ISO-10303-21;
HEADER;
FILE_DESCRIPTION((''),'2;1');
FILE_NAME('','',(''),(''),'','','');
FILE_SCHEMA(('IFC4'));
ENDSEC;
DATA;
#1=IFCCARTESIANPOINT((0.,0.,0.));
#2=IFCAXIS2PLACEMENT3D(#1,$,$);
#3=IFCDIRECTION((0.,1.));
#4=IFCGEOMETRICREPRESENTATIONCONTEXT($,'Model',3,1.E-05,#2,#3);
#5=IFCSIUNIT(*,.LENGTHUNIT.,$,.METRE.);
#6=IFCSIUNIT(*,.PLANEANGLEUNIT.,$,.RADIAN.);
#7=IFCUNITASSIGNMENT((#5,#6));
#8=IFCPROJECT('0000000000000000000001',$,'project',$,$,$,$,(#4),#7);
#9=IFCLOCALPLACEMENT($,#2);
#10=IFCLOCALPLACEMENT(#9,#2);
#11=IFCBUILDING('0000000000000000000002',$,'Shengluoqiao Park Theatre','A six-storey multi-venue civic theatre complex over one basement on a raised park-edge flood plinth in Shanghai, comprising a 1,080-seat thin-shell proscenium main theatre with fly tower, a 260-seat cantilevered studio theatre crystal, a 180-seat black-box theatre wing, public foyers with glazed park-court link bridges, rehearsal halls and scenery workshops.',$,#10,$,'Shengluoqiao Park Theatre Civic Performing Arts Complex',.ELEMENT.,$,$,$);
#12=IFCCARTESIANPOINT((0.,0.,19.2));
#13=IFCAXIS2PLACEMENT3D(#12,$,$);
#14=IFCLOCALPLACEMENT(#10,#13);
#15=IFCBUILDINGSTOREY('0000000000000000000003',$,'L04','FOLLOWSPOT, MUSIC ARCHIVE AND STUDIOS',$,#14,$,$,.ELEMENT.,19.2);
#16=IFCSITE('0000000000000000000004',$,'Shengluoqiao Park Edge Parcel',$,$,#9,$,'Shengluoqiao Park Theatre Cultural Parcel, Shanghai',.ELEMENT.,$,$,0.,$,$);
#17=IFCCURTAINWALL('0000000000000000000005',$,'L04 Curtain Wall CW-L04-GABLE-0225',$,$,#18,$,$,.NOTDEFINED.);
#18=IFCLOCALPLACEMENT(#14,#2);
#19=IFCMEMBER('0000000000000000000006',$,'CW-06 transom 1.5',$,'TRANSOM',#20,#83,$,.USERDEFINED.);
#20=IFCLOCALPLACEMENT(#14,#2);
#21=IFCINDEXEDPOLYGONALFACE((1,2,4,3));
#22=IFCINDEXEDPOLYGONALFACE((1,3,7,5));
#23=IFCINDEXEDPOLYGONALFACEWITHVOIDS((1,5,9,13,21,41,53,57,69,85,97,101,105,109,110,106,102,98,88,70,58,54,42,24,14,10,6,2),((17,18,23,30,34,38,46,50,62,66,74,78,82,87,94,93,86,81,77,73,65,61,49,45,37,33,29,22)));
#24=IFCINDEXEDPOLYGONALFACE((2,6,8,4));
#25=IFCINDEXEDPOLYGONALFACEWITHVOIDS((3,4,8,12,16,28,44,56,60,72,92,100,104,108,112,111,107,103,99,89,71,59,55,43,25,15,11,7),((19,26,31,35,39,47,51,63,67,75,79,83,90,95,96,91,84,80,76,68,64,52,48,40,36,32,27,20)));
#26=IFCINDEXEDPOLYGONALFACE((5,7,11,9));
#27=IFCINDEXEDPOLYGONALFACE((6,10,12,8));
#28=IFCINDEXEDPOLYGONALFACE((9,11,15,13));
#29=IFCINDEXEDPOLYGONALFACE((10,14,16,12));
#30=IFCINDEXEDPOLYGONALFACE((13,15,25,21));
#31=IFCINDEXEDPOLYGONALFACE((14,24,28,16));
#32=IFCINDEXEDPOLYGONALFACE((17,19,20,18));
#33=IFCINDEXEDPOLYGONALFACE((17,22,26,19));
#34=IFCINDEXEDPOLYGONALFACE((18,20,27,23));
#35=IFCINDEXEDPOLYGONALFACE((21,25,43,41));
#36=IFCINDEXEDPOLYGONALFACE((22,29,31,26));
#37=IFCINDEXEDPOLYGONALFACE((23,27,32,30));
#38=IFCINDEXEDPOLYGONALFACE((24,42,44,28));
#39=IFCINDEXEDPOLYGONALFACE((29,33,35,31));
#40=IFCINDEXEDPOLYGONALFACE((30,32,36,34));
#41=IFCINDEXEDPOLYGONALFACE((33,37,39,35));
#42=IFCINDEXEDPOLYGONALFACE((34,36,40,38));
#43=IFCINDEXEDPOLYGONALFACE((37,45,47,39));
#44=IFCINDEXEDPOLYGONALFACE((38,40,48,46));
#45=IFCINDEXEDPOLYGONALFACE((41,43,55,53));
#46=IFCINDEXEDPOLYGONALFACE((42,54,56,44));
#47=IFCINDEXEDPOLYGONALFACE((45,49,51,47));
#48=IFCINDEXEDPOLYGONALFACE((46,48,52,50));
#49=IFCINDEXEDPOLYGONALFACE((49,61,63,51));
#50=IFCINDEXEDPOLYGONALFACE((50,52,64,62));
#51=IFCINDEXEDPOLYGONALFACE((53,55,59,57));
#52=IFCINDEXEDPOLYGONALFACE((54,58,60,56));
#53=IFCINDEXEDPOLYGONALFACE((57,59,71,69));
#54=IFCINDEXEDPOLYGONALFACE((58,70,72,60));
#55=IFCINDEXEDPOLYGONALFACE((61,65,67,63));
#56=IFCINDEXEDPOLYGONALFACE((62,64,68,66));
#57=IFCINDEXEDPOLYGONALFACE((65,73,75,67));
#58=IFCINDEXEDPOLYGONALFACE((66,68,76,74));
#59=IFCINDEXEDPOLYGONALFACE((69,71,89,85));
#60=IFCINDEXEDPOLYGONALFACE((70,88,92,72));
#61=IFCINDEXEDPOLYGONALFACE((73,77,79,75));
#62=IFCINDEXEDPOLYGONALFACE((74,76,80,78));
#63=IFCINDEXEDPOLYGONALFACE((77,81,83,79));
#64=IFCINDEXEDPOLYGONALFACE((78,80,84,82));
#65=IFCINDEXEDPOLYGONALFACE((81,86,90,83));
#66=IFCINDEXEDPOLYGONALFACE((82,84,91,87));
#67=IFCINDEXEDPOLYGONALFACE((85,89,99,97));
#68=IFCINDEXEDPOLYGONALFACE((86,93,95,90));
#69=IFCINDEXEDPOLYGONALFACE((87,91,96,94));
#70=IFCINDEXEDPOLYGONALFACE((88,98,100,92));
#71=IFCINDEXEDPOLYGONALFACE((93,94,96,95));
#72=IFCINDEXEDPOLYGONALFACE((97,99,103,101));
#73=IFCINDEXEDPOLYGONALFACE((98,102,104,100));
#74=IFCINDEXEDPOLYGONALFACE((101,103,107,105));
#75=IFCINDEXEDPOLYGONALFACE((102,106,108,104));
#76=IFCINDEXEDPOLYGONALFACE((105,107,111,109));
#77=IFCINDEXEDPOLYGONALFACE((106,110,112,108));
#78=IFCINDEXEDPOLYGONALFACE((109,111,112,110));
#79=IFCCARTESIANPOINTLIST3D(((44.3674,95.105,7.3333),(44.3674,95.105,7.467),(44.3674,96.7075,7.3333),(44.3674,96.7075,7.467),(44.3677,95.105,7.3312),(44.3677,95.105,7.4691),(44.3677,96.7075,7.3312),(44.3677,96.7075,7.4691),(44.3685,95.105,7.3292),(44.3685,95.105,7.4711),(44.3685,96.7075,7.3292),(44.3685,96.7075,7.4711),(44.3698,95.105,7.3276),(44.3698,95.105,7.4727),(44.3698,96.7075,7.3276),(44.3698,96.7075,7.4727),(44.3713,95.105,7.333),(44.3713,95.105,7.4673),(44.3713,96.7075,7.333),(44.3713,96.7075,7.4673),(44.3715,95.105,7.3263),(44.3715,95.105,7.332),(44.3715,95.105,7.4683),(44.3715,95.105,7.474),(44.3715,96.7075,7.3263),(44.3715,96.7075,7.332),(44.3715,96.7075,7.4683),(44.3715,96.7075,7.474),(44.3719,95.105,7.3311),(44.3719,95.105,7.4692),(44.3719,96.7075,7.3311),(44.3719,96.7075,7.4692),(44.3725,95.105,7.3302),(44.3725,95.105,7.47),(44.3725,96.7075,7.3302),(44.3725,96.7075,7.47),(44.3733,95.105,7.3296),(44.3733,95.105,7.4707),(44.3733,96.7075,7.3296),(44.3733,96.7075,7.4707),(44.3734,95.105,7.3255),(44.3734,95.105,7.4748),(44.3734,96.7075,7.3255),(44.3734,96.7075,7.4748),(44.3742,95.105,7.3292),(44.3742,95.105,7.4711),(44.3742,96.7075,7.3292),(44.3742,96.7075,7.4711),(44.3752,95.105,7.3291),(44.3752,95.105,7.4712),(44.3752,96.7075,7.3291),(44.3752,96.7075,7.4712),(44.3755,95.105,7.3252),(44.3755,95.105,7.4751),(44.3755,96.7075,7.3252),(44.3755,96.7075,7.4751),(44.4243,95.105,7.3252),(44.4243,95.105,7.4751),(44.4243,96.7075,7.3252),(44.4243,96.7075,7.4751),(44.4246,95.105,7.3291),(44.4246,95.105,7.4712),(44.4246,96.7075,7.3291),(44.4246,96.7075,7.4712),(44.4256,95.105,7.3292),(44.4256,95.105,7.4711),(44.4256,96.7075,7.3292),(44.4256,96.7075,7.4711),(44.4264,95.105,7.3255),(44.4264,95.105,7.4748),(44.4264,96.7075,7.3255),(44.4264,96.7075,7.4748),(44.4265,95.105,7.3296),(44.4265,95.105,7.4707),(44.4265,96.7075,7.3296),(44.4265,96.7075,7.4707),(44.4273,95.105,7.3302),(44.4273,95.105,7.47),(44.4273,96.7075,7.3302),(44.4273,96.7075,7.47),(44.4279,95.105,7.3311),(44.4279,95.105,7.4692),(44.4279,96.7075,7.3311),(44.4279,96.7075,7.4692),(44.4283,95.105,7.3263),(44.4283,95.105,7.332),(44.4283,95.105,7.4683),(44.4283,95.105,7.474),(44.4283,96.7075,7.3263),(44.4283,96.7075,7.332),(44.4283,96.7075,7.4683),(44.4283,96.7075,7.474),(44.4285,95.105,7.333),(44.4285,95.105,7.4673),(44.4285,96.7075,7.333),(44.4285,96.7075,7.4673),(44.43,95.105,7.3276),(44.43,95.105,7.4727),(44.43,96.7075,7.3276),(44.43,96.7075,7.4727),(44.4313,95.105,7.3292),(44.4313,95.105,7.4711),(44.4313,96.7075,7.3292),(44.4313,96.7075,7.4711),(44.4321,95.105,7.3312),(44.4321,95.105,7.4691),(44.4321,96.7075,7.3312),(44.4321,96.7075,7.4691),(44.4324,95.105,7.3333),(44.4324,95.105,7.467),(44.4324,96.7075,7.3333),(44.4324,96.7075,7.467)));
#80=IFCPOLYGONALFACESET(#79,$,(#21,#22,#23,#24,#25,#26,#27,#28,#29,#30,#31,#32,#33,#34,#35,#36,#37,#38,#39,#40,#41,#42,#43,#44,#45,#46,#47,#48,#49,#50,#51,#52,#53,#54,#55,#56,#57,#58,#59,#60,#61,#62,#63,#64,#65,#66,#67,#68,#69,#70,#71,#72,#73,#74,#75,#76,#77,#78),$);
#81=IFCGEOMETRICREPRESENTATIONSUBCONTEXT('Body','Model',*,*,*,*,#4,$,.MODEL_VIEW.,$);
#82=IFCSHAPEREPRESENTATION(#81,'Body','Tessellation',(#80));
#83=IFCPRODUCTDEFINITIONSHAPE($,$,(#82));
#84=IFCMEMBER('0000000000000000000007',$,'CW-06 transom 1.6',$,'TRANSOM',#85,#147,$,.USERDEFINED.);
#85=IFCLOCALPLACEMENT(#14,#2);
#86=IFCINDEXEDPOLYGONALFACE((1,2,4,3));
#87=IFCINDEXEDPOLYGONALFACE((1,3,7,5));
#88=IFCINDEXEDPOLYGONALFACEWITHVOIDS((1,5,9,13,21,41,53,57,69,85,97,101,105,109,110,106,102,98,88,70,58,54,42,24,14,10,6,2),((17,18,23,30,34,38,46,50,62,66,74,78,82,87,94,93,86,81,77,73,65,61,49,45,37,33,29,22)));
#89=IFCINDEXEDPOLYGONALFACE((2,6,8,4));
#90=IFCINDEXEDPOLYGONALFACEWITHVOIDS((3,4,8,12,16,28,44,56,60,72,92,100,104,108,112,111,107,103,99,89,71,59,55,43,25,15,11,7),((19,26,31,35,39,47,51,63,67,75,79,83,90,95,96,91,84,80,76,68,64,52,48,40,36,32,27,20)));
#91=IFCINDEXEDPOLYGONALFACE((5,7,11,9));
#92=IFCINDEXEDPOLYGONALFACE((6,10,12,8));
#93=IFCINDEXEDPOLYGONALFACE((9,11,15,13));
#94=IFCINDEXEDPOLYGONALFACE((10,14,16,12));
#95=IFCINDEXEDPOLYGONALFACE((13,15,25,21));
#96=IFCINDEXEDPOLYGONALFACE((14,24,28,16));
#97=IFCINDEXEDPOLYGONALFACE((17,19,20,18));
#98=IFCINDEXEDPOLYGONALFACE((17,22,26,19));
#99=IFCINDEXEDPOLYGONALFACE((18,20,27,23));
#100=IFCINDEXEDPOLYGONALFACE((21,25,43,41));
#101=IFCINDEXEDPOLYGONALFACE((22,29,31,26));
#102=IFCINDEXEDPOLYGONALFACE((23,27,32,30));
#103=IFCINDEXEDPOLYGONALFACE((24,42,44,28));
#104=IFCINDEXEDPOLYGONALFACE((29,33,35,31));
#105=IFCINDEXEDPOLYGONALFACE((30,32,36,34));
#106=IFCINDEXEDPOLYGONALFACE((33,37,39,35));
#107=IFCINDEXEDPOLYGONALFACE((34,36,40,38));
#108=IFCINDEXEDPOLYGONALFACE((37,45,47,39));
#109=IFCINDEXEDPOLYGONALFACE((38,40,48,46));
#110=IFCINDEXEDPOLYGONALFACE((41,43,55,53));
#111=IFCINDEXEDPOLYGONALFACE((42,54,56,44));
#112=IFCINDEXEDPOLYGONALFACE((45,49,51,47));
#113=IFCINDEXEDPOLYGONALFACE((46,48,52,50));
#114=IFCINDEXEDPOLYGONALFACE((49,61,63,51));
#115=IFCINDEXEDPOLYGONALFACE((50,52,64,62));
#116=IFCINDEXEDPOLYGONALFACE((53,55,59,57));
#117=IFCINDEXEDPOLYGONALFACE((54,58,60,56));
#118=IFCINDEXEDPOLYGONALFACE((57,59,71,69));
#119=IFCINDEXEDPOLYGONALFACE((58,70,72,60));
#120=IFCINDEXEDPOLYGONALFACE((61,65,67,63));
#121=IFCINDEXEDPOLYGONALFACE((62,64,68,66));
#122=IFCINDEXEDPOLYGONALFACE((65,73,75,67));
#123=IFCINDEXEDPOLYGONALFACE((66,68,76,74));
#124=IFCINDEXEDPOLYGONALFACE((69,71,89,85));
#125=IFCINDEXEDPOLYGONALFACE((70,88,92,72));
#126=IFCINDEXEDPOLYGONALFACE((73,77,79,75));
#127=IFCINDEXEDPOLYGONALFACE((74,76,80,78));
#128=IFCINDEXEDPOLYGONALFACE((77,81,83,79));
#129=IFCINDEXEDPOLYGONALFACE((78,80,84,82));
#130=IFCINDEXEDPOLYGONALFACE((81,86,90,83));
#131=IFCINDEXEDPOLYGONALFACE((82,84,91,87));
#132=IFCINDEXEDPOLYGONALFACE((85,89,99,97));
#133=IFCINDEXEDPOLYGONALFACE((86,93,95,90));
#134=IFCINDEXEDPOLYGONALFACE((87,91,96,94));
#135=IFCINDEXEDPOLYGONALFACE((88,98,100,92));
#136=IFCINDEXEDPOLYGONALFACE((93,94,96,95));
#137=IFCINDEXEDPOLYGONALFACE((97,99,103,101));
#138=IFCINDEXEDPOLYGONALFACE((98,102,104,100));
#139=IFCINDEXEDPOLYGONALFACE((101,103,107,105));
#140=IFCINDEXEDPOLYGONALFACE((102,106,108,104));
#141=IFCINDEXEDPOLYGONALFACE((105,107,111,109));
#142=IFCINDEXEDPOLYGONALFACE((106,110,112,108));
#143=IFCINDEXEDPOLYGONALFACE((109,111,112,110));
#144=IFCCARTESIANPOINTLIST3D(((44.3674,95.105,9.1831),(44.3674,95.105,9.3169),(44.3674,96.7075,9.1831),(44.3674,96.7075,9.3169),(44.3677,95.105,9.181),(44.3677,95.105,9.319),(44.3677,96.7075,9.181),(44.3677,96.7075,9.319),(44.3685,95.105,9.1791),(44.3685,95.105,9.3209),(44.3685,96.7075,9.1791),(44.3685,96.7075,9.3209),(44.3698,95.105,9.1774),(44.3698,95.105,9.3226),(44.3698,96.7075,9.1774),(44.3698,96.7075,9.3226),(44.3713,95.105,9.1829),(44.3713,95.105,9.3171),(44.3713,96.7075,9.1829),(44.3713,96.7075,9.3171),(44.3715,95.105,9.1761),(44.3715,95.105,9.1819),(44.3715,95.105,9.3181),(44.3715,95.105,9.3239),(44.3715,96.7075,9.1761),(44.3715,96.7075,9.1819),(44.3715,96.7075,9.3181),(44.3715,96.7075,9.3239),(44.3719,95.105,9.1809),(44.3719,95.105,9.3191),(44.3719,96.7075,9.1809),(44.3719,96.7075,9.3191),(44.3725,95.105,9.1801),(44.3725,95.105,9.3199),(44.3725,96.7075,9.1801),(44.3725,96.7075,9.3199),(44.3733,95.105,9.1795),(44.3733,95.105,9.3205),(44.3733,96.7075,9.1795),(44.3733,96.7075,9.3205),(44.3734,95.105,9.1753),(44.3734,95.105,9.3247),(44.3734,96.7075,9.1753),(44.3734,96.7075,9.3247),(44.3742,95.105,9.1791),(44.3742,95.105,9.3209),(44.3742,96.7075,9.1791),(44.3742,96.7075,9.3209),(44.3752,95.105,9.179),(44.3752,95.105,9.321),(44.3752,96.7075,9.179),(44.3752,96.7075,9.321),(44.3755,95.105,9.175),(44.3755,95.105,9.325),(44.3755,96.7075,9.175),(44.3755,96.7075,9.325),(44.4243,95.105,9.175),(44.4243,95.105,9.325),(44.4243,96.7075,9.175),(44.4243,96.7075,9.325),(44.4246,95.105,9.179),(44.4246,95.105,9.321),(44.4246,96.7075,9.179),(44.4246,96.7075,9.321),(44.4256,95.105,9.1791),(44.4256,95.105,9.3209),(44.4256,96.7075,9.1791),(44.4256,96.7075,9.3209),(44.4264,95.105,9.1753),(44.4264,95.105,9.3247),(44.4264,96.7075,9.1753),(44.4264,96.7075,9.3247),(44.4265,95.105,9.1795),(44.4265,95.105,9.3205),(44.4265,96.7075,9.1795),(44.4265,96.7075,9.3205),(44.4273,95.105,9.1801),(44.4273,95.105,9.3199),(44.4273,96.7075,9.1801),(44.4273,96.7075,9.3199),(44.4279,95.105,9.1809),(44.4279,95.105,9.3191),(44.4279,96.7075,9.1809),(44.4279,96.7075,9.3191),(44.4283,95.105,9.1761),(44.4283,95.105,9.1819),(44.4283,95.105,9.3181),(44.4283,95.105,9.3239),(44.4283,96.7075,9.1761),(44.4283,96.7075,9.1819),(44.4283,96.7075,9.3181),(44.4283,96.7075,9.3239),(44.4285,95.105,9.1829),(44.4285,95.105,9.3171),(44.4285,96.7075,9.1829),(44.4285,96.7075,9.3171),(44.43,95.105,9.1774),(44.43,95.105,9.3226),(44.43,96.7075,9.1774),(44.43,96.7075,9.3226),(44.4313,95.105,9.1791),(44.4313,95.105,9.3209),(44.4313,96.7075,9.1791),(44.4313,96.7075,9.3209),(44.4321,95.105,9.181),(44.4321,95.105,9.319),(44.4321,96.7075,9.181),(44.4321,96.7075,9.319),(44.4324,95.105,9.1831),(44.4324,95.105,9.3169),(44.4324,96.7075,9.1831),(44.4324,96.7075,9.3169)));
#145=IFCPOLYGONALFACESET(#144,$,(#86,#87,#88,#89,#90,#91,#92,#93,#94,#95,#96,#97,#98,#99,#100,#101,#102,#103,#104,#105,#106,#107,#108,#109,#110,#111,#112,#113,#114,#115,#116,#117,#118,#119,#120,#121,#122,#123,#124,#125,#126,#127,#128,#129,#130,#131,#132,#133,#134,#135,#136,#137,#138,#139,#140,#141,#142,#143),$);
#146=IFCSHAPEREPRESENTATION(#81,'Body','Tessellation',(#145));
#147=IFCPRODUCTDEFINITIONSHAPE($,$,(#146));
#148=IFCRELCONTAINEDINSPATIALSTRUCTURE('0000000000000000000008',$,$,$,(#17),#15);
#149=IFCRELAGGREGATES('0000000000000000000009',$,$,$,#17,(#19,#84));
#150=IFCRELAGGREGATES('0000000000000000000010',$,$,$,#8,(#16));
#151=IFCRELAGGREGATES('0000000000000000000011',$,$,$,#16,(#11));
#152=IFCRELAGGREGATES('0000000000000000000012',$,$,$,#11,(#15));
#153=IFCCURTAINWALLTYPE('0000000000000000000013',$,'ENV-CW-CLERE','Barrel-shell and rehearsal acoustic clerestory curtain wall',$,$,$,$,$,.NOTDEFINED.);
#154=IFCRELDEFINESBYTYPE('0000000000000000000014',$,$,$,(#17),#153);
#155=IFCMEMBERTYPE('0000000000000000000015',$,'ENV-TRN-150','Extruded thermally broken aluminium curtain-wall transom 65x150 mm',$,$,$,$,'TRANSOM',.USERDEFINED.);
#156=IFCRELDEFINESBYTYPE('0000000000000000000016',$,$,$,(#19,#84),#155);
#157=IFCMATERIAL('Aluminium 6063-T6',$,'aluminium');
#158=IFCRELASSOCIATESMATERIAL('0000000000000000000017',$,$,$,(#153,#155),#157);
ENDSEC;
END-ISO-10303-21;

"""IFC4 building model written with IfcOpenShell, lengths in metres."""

from ifc_helpers import new_model, si_unit, direction, frame, origin, origin_2d, place, context, subcontext, project, spatial, hollow_rectangle, extrude, material, material_profile, profile_set, type_object, element, aggregate, save


model = new_model("IFC4")

# Units and contexts
model_context = context("Model", 3, precision=1e-05, world=origin(), true_north=direction((0.0, 1.0)))
body_context = subcontext(model_context, "Body", "Model", "MODEL_VIEW")
ifc_project = project(units=[si_unit("LENGTHUNIT", "METRE"), si_unit("PLANEANGLEUNIT", "RADIAN")], contexts=[model_context])

# Site, building, storey
site_placement = place(None, origin())
site = spatial("IfcSite", under=ifc_project, at=site_placement, Name="Shengluoqiao Park Edge Parcel", LongName="Shengluoqiao Park Theatre Cultural Parcel, Shanghai", CompositionType="ELEMENT", RefElevation=0.0)
building_placement = place(site_placement, origin())
building = spatial("IfcBuilding", under=site, at=building_placement, Name="Shengluoqiao Park Theatre", Description="A six-storey multi-venue civic theatre complex over one basement on a raised park-edge flood plinth in Shanghai, comprising a 1,080-seat thin-shell proscenium main theatre with fly tower, a 260-seat cantilevered studio theatre crystal, a 180-seat black-box theatre wing, public foyers with glazed park-court link bridges, rehearsal halls and scenery workshops.", LongName="Shengluoqiao Park Theatre Civic Performing Arts Complex", CompositionType="ELEMENT")
storey_placement = place(building_placement, frame((0.0, 0.0, 19.2)))
storey = spatial("IfcBuildingStorey", under=building, at=storey_placement, Name="L04", Description="FOLLOWSPOT, MUSIC ARCHIVE AND STUDIOS", CompositionType="ELEMENT", Elevation=19.2)

# Curtain wall, members
ifc_material_1 = material(Name="Aluminium 6063-T6", Category="aluminium")
curtain_wall_type = type_object("IfcCurtainWallType", Name="ENV-CW-CLERE", Description="Barrel-shell and rehearsal acoustic clerestory curtain wall", PredefinedType="NOTDEFINED", material=ifc_material_1)
ifc_material_profile = material_profile(ifc_material_1, hollow_rectangle(XDim=0.0649, YDim=0.1499, WallThickness=0.0039, InnerFilletRadius=0.0039, OuterFilletRadius=0.0081, at=origin_2d()), Name="ALU TRANSOM 150x65x4")
ifc_profile_set = profile_set([ifc_material_profile], Name="Aluminium 6063-T6")
member_type = type_object("IfcMemberType", Name="ENV-TRN-150", Description="Extruded thermally broken aluminium curtain-wall transom 65x150 mm", ElementType="TRANSOM", PredefinedType="USERDEFINED", material=ifc_profile_set)
curtain_wall_1_placement = place(storey_placement, origin())
curtain_wall_1 = element("IfcCurtainWall", 1, at=curtain_wall_1_placement, inside=storey, type_object=curtain_wall_type, Name="L04 Curtain Wall CW-L04-GABLE-0225", PredefinedType="NOTDEFINED")
member_1_placement = place(storey_placement, frame((44.3999, 95.105, 7.4001), z_axis=(0.0, 1.0, 0.0), x_axis=(-1.0, 0.0, 0.0)))
member_1 = element("IfcMember", 2, at=member_1_placement, type_object=member_type, Name="CW-06 transom 1.5", ObjectType="TRANSOM", PredefinedType="USERDEFINED", context=body_context, shape_type="SweptSolid", body=[
    extrude(hollow_rectangle(XDim=0.0649, YDim=0.1499, WallThickness=0.0039, InnerFilletRadius=0.0039, OuterFilletRadius=0.0081, at=origin_2d()), origin(), (0.0, 0.0, 1.0), 1.6025),
])
member_2_placement = place(storey_placement, frame((44.3999, 95.105, 9.25), z_axis=(0.0, 1.0, 0.0), x_axis=(-1.0, 0.0, 0.0)))
member_2 = element("IfcMember", 3, at=member_2_placement, type_object=member_type, Name="CW-06 transom 1.6", ObjectType="TRANSOM", PredefinedType="USERDEFINED", context=body_context, shape_type="SweptSolid", body=[
    extrude(hollow_rectangle(XDim=0.0649, YDim=0.1499, WallThickness=0.0039, InnerFilletRadius=0.0039, OuterFilletRadius=0.0081, at=origin_2d()), origin(), (0.0, 0.0, 1.0), 1.6025),
])

aggregate(curtain_wall_1, [member_1, member_2])

save(model, "model.ifc")
